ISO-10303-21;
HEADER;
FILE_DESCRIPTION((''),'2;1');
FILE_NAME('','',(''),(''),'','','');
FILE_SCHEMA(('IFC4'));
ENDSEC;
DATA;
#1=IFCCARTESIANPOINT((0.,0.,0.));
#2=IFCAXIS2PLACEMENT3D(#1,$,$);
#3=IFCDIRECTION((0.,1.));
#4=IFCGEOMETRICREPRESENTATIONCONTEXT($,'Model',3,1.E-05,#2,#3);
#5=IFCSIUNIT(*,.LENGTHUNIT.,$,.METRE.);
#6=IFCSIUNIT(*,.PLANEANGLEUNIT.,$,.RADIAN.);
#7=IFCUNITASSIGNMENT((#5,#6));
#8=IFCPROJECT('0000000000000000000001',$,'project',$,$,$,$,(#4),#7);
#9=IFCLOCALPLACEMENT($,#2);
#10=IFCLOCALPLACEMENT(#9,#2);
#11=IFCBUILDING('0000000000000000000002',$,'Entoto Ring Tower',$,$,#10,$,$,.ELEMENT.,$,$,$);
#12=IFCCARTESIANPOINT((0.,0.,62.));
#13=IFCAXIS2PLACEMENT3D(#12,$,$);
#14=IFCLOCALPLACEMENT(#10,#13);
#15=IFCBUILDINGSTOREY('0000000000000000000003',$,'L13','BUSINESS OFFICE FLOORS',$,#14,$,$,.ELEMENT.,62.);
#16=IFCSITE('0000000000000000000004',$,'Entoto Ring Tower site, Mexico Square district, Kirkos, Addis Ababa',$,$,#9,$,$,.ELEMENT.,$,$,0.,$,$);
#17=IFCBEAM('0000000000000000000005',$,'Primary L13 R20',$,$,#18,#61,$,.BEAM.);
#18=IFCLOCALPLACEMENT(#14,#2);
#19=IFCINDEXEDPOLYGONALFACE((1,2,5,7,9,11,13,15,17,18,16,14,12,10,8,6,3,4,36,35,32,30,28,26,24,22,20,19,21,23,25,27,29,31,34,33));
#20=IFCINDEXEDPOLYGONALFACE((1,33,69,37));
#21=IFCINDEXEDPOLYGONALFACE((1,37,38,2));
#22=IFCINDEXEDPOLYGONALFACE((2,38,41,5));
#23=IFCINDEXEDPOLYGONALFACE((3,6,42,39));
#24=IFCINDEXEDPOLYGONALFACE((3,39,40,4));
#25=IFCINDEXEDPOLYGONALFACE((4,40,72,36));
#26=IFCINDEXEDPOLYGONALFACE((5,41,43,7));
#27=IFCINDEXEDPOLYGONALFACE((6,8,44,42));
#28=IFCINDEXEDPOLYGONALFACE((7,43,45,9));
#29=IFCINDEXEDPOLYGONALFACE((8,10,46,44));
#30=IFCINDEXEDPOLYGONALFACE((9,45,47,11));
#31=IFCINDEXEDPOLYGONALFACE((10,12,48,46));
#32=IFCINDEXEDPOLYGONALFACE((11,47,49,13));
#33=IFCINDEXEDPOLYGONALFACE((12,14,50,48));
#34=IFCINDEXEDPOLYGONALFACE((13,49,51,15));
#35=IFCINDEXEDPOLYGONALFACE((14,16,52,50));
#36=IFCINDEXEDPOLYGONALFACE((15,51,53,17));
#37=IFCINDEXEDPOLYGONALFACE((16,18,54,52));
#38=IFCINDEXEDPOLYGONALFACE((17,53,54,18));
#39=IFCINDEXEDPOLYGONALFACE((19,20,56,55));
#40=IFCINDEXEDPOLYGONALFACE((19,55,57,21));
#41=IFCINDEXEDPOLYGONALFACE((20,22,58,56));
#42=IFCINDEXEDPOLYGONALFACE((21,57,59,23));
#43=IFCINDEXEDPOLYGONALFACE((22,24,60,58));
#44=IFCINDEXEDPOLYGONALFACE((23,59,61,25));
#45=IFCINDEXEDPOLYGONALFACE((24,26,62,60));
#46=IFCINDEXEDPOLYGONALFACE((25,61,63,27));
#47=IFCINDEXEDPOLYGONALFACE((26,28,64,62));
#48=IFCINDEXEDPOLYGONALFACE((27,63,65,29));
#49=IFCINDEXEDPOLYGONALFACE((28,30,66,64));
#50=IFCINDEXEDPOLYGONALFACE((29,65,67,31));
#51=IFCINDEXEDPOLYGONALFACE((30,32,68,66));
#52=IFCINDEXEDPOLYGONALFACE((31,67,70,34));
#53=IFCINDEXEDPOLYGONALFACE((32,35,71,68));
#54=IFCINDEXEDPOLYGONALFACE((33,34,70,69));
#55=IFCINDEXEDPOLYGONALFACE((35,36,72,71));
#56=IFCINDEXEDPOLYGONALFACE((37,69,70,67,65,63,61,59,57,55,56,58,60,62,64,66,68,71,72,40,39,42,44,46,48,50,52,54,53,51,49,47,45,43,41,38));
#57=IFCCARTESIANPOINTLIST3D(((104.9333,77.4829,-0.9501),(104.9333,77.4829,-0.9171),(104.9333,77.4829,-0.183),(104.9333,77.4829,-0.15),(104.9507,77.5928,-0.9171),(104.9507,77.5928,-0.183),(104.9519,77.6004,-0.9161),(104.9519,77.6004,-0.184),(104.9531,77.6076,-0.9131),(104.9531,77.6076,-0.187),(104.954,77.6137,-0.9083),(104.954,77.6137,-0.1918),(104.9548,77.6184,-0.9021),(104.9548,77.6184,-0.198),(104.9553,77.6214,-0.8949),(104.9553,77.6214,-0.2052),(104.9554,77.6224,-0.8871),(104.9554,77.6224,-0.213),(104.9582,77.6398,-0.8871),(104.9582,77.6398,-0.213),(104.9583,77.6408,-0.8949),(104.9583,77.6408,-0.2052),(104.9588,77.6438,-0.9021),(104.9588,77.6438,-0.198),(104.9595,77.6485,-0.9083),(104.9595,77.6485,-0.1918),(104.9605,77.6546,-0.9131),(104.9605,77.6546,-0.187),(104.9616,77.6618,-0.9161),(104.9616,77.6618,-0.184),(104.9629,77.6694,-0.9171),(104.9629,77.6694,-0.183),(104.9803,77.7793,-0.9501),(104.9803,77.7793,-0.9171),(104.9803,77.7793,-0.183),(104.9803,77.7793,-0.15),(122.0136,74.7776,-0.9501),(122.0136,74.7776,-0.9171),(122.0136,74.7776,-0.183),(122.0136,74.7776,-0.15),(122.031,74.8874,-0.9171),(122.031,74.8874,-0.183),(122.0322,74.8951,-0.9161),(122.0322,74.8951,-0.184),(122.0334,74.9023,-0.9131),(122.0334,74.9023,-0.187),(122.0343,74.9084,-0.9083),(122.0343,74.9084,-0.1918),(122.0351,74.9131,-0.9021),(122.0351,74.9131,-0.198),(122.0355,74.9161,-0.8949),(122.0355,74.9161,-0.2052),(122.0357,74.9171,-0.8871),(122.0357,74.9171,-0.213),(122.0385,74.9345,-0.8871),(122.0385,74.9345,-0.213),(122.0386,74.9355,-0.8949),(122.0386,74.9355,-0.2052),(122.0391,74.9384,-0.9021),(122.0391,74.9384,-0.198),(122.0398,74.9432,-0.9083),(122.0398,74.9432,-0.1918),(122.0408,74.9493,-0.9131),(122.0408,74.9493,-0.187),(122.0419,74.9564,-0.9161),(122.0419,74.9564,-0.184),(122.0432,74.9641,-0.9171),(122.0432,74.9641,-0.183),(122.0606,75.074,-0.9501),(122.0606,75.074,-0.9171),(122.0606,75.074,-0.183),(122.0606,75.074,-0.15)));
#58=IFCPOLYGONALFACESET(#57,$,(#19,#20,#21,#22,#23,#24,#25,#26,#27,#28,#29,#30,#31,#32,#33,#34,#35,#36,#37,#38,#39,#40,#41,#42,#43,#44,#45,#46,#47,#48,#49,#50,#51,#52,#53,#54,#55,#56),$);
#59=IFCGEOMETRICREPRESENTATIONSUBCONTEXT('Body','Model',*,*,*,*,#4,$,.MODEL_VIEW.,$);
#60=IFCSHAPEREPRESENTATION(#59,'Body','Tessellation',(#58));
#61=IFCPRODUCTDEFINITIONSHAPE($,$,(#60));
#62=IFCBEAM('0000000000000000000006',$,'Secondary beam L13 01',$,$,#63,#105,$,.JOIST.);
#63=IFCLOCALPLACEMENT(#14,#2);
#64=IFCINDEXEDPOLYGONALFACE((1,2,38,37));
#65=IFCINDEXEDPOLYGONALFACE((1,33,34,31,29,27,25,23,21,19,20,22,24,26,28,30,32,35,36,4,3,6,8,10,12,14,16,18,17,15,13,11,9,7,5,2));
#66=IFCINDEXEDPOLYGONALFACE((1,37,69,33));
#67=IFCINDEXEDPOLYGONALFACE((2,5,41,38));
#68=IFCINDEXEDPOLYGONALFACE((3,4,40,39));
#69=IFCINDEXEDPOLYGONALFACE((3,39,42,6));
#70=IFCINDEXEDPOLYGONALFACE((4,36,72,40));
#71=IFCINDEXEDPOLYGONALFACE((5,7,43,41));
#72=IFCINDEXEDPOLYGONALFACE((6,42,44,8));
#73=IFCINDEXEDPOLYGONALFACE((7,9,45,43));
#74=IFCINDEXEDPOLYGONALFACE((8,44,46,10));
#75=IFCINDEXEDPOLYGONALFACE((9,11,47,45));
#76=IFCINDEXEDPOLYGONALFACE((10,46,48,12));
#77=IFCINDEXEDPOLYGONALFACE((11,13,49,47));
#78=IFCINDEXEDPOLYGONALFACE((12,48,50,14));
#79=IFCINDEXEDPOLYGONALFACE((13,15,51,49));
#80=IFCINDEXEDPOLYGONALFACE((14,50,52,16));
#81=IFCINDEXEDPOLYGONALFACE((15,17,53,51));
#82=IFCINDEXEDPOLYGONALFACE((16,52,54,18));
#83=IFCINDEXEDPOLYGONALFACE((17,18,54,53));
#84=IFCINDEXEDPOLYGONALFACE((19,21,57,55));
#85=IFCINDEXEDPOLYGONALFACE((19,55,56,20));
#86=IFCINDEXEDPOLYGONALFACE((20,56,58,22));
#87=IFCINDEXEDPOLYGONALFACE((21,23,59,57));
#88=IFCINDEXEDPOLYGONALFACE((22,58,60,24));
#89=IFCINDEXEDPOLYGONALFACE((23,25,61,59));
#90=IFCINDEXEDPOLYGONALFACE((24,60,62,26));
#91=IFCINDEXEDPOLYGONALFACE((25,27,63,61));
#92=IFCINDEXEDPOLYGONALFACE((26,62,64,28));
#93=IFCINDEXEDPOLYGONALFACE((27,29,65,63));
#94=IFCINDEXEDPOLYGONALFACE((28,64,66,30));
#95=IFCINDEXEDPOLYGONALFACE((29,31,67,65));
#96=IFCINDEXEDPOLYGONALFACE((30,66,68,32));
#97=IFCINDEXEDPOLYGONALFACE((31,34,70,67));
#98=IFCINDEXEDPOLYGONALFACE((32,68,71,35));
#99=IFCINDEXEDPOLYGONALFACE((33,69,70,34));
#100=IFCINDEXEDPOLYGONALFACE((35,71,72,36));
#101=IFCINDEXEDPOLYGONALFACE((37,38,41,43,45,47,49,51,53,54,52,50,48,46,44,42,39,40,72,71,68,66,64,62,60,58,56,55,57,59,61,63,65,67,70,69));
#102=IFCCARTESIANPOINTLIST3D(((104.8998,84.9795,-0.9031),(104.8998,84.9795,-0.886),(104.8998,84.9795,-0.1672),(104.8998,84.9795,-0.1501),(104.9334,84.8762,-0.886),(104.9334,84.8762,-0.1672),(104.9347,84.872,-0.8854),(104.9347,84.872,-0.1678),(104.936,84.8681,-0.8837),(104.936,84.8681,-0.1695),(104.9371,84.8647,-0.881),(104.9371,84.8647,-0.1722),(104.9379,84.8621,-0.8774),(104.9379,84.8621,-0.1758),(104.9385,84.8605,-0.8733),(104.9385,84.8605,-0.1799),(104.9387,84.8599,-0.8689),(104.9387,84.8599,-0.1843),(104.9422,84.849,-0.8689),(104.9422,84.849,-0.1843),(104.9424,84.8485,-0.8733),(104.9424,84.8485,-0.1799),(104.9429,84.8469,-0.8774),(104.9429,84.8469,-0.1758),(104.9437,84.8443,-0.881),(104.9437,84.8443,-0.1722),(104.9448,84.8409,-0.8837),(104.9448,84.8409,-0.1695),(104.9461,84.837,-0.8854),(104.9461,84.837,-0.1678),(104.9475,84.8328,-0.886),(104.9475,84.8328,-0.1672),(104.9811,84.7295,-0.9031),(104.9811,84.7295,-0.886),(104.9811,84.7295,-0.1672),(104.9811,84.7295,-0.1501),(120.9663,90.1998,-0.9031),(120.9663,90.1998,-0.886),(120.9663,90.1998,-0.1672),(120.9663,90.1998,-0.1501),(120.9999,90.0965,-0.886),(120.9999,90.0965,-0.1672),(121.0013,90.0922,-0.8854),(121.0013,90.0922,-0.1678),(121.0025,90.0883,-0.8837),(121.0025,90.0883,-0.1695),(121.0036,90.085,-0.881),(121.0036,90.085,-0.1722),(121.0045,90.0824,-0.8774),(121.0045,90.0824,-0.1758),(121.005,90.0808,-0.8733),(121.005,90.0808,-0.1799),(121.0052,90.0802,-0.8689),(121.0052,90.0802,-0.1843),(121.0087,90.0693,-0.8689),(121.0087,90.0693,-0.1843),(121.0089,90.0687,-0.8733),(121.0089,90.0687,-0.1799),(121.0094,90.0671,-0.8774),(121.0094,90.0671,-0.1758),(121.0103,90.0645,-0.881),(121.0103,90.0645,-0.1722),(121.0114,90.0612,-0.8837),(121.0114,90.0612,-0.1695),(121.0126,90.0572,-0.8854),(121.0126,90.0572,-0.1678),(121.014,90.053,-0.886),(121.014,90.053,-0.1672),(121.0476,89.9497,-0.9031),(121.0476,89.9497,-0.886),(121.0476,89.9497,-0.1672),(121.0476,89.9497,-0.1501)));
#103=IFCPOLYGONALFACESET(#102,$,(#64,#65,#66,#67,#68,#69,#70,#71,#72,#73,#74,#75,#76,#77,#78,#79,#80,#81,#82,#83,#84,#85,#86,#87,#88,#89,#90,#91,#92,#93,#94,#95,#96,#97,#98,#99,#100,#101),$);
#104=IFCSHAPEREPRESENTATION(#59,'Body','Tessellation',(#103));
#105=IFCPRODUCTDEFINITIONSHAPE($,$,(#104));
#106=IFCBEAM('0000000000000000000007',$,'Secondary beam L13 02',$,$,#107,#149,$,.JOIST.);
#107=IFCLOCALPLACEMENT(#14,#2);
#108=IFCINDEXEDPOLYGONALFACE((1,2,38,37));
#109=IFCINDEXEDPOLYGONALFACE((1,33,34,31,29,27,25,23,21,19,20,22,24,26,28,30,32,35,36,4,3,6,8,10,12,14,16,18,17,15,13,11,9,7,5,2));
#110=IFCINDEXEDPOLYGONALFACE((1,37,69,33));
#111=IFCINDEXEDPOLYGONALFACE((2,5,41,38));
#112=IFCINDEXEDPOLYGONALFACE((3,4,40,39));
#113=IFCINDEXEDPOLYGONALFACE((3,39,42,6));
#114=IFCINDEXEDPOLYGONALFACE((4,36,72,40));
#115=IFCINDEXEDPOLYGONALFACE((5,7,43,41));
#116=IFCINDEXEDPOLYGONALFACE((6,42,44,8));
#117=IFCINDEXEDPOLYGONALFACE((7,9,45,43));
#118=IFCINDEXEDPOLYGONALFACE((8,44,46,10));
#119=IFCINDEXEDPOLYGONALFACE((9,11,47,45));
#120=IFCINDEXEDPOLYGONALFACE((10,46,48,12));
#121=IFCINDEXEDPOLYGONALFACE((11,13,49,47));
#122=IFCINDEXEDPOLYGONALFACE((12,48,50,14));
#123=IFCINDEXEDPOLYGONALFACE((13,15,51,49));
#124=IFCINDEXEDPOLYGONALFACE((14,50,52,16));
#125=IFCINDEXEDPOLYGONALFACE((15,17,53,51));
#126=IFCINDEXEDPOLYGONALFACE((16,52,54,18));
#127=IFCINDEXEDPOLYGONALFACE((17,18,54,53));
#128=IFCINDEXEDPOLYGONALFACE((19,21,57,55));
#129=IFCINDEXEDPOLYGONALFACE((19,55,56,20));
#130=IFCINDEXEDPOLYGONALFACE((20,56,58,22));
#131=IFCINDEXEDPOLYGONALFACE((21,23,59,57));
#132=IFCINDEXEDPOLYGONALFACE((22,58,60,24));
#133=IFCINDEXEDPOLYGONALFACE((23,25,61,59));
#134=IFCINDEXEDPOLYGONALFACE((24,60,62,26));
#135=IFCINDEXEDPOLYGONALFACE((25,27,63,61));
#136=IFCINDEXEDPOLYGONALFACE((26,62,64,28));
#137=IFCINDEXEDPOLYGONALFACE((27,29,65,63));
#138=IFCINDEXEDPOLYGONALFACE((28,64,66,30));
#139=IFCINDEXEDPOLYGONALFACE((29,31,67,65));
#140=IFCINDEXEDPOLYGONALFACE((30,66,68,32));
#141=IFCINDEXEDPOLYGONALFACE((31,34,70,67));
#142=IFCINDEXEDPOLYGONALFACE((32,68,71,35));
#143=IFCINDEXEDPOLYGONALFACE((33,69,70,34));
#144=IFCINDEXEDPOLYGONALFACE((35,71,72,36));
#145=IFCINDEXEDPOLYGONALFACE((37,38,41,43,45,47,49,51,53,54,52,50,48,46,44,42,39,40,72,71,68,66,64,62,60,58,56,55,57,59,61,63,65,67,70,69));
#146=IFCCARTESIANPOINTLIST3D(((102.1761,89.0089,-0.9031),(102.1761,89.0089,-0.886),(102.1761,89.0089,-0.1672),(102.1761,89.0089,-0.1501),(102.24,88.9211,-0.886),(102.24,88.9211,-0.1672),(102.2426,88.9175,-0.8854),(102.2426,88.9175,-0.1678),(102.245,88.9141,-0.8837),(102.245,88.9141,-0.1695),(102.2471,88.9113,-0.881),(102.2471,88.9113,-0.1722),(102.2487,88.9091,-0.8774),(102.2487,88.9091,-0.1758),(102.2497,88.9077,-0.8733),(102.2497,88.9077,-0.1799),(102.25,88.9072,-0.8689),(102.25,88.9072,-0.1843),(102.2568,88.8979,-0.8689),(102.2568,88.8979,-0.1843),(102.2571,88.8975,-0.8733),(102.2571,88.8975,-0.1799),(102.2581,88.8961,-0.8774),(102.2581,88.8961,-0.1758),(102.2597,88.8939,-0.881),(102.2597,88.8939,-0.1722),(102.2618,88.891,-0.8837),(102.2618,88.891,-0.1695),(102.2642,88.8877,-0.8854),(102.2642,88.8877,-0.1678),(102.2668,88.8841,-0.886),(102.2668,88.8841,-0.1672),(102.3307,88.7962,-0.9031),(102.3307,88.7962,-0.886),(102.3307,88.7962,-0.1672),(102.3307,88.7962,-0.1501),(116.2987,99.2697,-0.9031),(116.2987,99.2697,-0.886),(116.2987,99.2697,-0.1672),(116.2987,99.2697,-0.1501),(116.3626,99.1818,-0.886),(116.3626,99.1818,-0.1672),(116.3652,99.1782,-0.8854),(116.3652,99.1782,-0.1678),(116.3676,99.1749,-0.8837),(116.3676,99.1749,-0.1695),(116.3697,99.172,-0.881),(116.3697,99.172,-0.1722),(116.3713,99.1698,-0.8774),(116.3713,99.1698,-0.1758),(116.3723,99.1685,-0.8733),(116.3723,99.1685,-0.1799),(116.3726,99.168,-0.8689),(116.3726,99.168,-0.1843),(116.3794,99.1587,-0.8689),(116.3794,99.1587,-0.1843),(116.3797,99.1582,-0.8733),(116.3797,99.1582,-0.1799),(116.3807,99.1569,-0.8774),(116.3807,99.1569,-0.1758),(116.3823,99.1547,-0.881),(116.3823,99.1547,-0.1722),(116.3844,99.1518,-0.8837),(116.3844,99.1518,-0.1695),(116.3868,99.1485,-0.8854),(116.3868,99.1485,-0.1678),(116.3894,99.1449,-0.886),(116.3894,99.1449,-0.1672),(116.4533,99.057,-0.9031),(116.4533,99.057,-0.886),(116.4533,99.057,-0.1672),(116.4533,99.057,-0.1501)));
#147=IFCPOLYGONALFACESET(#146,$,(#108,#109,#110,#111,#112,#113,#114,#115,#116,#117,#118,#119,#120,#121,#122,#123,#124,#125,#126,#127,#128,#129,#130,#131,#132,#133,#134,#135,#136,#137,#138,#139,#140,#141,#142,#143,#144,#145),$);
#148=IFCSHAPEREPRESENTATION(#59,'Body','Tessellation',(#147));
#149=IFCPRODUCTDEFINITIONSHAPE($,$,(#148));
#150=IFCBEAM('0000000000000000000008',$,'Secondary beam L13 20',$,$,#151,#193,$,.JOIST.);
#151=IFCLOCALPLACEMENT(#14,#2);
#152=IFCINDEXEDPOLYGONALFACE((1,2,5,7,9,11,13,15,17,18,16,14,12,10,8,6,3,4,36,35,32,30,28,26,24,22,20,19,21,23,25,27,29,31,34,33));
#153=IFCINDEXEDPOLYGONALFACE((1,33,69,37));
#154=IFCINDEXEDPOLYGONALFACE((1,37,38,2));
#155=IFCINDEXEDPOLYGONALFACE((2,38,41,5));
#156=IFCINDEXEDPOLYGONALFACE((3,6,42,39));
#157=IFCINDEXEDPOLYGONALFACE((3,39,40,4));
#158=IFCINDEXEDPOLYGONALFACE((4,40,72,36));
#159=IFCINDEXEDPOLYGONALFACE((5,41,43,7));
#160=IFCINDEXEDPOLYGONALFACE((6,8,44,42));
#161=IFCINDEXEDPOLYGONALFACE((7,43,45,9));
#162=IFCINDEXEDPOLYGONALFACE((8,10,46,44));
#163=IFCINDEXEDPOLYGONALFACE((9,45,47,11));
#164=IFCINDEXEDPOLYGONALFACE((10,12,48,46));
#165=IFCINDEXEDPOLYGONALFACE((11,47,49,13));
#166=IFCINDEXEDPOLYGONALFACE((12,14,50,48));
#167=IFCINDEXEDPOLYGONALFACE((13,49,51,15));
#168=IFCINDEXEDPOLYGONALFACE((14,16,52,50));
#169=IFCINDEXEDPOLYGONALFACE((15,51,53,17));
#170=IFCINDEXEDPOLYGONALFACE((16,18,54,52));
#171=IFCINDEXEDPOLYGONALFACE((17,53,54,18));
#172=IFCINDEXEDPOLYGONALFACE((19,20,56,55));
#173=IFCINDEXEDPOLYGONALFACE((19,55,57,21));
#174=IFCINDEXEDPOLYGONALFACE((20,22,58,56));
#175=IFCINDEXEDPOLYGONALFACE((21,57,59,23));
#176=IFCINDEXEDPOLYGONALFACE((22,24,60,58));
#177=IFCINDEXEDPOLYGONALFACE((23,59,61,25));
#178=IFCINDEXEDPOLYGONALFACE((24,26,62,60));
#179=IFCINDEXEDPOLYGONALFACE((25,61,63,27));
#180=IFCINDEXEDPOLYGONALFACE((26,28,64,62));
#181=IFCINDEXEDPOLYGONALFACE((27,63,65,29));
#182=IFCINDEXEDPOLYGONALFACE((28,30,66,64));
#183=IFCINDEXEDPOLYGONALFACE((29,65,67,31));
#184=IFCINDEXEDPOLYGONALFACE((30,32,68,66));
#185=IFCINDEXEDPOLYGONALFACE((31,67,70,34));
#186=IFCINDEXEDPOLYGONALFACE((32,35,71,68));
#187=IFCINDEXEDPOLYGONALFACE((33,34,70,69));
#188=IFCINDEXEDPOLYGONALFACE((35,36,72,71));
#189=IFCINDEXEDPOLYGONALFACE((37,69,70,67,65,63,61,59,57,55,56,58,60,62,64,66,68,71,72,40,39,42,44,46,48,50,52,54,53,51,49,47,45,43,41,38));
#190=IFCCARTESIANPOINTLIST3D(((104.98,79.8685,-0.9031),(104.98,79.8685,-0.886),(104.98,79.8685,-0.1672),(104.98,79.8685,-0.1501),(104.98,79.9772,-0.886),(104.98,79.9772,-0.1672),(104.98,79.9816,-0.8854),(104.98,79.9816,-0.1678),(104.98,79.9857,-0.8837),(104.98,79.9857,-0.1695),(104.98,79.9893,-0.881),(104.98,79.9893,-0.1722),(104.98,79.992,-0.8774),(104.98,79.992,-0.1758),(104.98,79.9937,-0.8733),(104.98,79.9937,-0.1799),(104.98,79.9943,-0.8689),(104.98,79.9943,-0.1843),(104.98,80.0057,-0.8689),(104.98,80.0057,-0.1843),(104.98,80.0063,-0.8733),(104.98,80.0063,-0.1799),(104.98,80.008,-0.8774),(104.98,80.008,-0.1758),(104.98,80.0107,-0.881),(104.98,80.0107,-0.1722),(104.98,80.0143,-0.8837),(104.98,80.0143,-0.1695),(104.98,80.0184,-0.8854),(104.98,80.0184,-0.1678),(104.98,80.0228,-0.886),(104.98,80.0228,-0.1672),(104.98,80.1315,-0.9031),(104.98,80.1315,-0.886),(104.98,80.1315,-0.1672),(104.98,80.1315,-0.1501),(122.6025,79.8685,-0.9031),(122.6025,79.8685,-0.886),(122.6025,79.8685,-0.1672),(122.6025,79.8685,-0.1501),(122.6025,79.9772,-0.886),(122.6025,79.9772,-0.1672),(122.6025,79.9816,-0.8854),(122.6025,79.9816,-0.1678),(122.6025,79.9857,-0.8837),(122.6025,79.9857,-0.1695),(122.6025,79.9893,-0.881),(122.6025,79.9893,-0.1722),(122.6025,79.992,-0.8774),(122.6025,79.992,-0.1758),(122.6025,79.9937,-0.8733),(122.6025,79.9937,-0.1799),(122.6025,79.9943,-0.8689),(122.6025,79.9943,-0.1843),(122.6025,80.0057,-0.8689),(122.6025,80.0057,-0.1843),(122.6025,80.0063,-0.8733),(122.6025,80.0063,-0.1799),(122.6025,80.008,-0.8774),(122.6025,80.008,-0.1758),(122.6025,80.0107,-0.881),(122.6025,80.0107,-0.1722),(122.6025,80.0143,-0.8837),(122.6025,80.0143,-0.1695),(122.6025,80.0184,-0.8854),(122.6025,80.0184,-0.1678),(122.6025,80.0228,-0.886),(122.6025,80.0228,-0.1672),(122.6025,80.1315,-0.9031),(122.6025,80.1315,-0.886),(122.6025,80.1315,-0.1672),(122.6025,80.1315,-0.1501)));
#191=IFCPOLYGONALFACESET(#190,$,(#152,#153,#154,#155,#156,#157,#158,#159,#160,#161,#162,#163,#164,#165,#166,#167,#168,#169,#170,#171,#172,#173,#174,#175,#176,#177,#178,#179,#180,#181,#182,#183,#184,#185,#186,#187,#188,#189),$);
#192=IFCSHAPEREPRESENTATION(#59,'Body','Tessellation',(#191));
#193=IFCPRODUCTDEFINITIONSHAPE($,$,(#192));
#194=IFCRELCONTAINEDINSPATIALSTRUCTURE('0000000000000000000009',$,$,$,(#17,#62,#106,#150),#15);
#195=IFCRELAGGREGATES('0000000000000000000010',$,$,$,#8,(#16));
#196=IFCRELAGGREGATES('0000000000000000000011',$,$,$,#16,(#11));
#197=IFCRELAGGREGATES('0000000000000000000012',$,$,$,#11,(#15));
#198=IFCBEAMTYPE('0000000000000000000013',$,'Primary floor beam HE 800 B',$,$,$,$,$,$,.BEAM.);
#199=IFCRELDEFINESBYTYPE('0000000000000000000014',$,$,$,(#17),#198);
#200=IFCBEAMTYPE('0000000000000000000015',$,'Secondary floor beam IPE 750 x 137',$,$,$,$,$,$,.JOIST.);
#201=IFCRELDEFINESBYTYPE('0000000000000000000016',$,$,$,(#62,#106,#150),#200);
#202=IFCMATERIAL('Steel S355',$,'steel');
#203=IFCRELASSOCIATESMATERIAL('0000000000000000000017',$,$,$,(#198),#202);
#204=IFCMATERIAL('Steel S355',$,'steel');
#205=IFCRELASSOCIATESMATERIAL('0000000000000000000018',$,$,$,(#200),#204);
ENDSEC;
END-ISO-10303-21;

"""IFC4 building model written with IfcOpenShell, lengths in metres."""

from ifc_helpers import new_model, si_unit, direction, frame, origin, origin_2d, place, context, subcontext, project, spatial, i_section, extrude, material, material_profile, profile_set, type_object, element, save


model = new_model("IFC4")

# Units and contexts
model_context = context("Model", 3, precision=1e-05, world=origin(), true_north=direction((0.0, 1.0)))
body_context = subcontext(model_context, "Body", "Model", "MODEL_VIEW")
ifc_project = project(units=[si_unit("LENGTHUNIT", "METRE"), si_unit("PLANEANGLEUNIT", "RADIAN")], contexts=[model_context])

# Site, building, storey
site_placement = place(None, origin())
site = spatial("IfcSite", under=ifc_project, at=site_placement, Name="Entoto Ring Tower site, Mexico Square district, Kirkos, Addis Ababa", CompositionType="ELEMENT", RefElevation=0.0)
building_placement = place(site_placement, origin())
building = spatial("IfcBuilding", under=site, at=building_placement, Name="Entoto Ring Tower", CompositionType="ELEMENT")
storey_placement = place(building_placement, frame((0.0, 0.0, 62.0)))
storey = spatial("IfcBuildingStorey", under=building, at=storey_placement, Name="L13", Description="BUSINESS OFFICE FLOORS", CompositionType="ELEMENT", Elevation=62.0)

# Beams
ifc_material_1 = material(Name="Steel S355", Category="steel")
ifc_material_profile_1 = material_profile(ifc_material_1, i_section(OverallWidth=0.3, OverallDepth=0.8, WebThickness=0.0176, FlangeThickness=0.033, FilletRadius=0.03, at=origin_2d()), Name="HE 800 B")
ifc_profile_set_1 = profile_set([ifc_material_profile_1], Name="Steel S355")
beam_type_1 = type_object("IfcBeamType", Name="Primary floor beam HE 800 B", PredefinedType="BEAM", material=ifc_profile_set_1)
beam_1_placement = place(storey_placement, frame((104.9568, 77.6311, -0.55), z_axis=(0.987688, -0.156438, 0.0), x_axis=(0.156438, 0.987688, 0.0)))
element("IfcBeam", 1, at=beam_1_placement, inside=storey, type_object=beam_type_1, Name="Primary L13 R20", PredefinedType="BEAM", context=body_context, shape_type="SweptSolid", body=[
    extrude(i_section(OverallWidth=0.3, OverallDepth=0.8, WebThickness=0.0176, FlangeThickness=0.033, FilletRadius=0.03, at=origin_2d()), origin(), (0.0, 0.0, 1.0), 17.2932),
])
ifc_material_2 = material(Name="Steel S355", Category="steel")
ifc_material_profile_2 = material_profile(ifc_material_2, i_section(OverallWidth=0.2629, OverallDepth=0.7529, WebThickness=0.0115, FlangeThickness=0.0171, FilletRadius=0.0171, at=origin_2d()), Name="IPE 750 x 137")
ifc_profile_set_2 = profile_set([ifc_material_profile_2], Name="Steel S355")
beam_type_2 = type_object("IfcBeamType", Name="Secondary floor beam IPE 750 x 137", PredefinedType="JOIST", material=ifc_profile_set_2)
beam_2_placement = place(storey_placement, frame((104.9404, 84.8545, -0.5266), z_axis=(0.951058, 0.309013, 0.0), x_axis=(-0.309013, 0.951058, 0.0)))
element("IfcBeam", 2, at=beam_2_placement, inside=storey, type_object=beam_type_2, Name="Secondary beam L13 01", PredefinedType="JOIST", context=body_context, shape_type="SweptSolid", body=[
    extrude(i_section(OverallWidth=0.2629, OverallDepth=0.7529, WebThickness=0.0115, FlangeThickness=0.0171, FilletRadius=0.0171, at=origin_2d()), origin(), (0.0, 0.0, 1.0), 16.8933),
])
beam_3_placement = place(storey_placement, frame((102.2534, 88.9026, -0.5266), z_axis=(0.809014, 0.587789, 0.0), x_axis=(-0.587789, 0.809014, 0.0)))
element("IfcBeam", 3, at=beam_3_placement, inside=storey, type_object=beam_type_2, Name="Secondary beam L13 02", PredefinedType="JOIST", context=body_context, shape_type="SweptSolid", body=[
    extrude(i_section(OverallWidth=0.2629, OverallDepth=0.7529, WebThickness=0.0115, FlangeThickness=0.0171, FilletRadius=0.0171, at=origin_2d()), origin(), (0.0, 0.0, 1.0), 17.4565),
])
beam_4_placement = place(storey_placement, frame((104.98, 80.0, -0.5266), z_axis=(1.0, 0.0, 0.0), x_axis=(0.0, 1.0, 0.0)))
element("IfcBeam", 4, at=beam_4_placement, inside=storey, type_object=beam_type_2, Name="Secondary beam L13 20", PredefinedType="JOIST", context=body_context, shape_type="SweptSolid", body=[
    extrude(i_section(OverallWidth=0.2629, OverallDepth=0.7529, WebThickness=0.0115, FlangeThickness=0.0171, FilletRadius=0.0171, at=origin_2d()), origin(), (0.0, 0.0, 1.0), 17.6226),
])

save(model, "model.ifc")
